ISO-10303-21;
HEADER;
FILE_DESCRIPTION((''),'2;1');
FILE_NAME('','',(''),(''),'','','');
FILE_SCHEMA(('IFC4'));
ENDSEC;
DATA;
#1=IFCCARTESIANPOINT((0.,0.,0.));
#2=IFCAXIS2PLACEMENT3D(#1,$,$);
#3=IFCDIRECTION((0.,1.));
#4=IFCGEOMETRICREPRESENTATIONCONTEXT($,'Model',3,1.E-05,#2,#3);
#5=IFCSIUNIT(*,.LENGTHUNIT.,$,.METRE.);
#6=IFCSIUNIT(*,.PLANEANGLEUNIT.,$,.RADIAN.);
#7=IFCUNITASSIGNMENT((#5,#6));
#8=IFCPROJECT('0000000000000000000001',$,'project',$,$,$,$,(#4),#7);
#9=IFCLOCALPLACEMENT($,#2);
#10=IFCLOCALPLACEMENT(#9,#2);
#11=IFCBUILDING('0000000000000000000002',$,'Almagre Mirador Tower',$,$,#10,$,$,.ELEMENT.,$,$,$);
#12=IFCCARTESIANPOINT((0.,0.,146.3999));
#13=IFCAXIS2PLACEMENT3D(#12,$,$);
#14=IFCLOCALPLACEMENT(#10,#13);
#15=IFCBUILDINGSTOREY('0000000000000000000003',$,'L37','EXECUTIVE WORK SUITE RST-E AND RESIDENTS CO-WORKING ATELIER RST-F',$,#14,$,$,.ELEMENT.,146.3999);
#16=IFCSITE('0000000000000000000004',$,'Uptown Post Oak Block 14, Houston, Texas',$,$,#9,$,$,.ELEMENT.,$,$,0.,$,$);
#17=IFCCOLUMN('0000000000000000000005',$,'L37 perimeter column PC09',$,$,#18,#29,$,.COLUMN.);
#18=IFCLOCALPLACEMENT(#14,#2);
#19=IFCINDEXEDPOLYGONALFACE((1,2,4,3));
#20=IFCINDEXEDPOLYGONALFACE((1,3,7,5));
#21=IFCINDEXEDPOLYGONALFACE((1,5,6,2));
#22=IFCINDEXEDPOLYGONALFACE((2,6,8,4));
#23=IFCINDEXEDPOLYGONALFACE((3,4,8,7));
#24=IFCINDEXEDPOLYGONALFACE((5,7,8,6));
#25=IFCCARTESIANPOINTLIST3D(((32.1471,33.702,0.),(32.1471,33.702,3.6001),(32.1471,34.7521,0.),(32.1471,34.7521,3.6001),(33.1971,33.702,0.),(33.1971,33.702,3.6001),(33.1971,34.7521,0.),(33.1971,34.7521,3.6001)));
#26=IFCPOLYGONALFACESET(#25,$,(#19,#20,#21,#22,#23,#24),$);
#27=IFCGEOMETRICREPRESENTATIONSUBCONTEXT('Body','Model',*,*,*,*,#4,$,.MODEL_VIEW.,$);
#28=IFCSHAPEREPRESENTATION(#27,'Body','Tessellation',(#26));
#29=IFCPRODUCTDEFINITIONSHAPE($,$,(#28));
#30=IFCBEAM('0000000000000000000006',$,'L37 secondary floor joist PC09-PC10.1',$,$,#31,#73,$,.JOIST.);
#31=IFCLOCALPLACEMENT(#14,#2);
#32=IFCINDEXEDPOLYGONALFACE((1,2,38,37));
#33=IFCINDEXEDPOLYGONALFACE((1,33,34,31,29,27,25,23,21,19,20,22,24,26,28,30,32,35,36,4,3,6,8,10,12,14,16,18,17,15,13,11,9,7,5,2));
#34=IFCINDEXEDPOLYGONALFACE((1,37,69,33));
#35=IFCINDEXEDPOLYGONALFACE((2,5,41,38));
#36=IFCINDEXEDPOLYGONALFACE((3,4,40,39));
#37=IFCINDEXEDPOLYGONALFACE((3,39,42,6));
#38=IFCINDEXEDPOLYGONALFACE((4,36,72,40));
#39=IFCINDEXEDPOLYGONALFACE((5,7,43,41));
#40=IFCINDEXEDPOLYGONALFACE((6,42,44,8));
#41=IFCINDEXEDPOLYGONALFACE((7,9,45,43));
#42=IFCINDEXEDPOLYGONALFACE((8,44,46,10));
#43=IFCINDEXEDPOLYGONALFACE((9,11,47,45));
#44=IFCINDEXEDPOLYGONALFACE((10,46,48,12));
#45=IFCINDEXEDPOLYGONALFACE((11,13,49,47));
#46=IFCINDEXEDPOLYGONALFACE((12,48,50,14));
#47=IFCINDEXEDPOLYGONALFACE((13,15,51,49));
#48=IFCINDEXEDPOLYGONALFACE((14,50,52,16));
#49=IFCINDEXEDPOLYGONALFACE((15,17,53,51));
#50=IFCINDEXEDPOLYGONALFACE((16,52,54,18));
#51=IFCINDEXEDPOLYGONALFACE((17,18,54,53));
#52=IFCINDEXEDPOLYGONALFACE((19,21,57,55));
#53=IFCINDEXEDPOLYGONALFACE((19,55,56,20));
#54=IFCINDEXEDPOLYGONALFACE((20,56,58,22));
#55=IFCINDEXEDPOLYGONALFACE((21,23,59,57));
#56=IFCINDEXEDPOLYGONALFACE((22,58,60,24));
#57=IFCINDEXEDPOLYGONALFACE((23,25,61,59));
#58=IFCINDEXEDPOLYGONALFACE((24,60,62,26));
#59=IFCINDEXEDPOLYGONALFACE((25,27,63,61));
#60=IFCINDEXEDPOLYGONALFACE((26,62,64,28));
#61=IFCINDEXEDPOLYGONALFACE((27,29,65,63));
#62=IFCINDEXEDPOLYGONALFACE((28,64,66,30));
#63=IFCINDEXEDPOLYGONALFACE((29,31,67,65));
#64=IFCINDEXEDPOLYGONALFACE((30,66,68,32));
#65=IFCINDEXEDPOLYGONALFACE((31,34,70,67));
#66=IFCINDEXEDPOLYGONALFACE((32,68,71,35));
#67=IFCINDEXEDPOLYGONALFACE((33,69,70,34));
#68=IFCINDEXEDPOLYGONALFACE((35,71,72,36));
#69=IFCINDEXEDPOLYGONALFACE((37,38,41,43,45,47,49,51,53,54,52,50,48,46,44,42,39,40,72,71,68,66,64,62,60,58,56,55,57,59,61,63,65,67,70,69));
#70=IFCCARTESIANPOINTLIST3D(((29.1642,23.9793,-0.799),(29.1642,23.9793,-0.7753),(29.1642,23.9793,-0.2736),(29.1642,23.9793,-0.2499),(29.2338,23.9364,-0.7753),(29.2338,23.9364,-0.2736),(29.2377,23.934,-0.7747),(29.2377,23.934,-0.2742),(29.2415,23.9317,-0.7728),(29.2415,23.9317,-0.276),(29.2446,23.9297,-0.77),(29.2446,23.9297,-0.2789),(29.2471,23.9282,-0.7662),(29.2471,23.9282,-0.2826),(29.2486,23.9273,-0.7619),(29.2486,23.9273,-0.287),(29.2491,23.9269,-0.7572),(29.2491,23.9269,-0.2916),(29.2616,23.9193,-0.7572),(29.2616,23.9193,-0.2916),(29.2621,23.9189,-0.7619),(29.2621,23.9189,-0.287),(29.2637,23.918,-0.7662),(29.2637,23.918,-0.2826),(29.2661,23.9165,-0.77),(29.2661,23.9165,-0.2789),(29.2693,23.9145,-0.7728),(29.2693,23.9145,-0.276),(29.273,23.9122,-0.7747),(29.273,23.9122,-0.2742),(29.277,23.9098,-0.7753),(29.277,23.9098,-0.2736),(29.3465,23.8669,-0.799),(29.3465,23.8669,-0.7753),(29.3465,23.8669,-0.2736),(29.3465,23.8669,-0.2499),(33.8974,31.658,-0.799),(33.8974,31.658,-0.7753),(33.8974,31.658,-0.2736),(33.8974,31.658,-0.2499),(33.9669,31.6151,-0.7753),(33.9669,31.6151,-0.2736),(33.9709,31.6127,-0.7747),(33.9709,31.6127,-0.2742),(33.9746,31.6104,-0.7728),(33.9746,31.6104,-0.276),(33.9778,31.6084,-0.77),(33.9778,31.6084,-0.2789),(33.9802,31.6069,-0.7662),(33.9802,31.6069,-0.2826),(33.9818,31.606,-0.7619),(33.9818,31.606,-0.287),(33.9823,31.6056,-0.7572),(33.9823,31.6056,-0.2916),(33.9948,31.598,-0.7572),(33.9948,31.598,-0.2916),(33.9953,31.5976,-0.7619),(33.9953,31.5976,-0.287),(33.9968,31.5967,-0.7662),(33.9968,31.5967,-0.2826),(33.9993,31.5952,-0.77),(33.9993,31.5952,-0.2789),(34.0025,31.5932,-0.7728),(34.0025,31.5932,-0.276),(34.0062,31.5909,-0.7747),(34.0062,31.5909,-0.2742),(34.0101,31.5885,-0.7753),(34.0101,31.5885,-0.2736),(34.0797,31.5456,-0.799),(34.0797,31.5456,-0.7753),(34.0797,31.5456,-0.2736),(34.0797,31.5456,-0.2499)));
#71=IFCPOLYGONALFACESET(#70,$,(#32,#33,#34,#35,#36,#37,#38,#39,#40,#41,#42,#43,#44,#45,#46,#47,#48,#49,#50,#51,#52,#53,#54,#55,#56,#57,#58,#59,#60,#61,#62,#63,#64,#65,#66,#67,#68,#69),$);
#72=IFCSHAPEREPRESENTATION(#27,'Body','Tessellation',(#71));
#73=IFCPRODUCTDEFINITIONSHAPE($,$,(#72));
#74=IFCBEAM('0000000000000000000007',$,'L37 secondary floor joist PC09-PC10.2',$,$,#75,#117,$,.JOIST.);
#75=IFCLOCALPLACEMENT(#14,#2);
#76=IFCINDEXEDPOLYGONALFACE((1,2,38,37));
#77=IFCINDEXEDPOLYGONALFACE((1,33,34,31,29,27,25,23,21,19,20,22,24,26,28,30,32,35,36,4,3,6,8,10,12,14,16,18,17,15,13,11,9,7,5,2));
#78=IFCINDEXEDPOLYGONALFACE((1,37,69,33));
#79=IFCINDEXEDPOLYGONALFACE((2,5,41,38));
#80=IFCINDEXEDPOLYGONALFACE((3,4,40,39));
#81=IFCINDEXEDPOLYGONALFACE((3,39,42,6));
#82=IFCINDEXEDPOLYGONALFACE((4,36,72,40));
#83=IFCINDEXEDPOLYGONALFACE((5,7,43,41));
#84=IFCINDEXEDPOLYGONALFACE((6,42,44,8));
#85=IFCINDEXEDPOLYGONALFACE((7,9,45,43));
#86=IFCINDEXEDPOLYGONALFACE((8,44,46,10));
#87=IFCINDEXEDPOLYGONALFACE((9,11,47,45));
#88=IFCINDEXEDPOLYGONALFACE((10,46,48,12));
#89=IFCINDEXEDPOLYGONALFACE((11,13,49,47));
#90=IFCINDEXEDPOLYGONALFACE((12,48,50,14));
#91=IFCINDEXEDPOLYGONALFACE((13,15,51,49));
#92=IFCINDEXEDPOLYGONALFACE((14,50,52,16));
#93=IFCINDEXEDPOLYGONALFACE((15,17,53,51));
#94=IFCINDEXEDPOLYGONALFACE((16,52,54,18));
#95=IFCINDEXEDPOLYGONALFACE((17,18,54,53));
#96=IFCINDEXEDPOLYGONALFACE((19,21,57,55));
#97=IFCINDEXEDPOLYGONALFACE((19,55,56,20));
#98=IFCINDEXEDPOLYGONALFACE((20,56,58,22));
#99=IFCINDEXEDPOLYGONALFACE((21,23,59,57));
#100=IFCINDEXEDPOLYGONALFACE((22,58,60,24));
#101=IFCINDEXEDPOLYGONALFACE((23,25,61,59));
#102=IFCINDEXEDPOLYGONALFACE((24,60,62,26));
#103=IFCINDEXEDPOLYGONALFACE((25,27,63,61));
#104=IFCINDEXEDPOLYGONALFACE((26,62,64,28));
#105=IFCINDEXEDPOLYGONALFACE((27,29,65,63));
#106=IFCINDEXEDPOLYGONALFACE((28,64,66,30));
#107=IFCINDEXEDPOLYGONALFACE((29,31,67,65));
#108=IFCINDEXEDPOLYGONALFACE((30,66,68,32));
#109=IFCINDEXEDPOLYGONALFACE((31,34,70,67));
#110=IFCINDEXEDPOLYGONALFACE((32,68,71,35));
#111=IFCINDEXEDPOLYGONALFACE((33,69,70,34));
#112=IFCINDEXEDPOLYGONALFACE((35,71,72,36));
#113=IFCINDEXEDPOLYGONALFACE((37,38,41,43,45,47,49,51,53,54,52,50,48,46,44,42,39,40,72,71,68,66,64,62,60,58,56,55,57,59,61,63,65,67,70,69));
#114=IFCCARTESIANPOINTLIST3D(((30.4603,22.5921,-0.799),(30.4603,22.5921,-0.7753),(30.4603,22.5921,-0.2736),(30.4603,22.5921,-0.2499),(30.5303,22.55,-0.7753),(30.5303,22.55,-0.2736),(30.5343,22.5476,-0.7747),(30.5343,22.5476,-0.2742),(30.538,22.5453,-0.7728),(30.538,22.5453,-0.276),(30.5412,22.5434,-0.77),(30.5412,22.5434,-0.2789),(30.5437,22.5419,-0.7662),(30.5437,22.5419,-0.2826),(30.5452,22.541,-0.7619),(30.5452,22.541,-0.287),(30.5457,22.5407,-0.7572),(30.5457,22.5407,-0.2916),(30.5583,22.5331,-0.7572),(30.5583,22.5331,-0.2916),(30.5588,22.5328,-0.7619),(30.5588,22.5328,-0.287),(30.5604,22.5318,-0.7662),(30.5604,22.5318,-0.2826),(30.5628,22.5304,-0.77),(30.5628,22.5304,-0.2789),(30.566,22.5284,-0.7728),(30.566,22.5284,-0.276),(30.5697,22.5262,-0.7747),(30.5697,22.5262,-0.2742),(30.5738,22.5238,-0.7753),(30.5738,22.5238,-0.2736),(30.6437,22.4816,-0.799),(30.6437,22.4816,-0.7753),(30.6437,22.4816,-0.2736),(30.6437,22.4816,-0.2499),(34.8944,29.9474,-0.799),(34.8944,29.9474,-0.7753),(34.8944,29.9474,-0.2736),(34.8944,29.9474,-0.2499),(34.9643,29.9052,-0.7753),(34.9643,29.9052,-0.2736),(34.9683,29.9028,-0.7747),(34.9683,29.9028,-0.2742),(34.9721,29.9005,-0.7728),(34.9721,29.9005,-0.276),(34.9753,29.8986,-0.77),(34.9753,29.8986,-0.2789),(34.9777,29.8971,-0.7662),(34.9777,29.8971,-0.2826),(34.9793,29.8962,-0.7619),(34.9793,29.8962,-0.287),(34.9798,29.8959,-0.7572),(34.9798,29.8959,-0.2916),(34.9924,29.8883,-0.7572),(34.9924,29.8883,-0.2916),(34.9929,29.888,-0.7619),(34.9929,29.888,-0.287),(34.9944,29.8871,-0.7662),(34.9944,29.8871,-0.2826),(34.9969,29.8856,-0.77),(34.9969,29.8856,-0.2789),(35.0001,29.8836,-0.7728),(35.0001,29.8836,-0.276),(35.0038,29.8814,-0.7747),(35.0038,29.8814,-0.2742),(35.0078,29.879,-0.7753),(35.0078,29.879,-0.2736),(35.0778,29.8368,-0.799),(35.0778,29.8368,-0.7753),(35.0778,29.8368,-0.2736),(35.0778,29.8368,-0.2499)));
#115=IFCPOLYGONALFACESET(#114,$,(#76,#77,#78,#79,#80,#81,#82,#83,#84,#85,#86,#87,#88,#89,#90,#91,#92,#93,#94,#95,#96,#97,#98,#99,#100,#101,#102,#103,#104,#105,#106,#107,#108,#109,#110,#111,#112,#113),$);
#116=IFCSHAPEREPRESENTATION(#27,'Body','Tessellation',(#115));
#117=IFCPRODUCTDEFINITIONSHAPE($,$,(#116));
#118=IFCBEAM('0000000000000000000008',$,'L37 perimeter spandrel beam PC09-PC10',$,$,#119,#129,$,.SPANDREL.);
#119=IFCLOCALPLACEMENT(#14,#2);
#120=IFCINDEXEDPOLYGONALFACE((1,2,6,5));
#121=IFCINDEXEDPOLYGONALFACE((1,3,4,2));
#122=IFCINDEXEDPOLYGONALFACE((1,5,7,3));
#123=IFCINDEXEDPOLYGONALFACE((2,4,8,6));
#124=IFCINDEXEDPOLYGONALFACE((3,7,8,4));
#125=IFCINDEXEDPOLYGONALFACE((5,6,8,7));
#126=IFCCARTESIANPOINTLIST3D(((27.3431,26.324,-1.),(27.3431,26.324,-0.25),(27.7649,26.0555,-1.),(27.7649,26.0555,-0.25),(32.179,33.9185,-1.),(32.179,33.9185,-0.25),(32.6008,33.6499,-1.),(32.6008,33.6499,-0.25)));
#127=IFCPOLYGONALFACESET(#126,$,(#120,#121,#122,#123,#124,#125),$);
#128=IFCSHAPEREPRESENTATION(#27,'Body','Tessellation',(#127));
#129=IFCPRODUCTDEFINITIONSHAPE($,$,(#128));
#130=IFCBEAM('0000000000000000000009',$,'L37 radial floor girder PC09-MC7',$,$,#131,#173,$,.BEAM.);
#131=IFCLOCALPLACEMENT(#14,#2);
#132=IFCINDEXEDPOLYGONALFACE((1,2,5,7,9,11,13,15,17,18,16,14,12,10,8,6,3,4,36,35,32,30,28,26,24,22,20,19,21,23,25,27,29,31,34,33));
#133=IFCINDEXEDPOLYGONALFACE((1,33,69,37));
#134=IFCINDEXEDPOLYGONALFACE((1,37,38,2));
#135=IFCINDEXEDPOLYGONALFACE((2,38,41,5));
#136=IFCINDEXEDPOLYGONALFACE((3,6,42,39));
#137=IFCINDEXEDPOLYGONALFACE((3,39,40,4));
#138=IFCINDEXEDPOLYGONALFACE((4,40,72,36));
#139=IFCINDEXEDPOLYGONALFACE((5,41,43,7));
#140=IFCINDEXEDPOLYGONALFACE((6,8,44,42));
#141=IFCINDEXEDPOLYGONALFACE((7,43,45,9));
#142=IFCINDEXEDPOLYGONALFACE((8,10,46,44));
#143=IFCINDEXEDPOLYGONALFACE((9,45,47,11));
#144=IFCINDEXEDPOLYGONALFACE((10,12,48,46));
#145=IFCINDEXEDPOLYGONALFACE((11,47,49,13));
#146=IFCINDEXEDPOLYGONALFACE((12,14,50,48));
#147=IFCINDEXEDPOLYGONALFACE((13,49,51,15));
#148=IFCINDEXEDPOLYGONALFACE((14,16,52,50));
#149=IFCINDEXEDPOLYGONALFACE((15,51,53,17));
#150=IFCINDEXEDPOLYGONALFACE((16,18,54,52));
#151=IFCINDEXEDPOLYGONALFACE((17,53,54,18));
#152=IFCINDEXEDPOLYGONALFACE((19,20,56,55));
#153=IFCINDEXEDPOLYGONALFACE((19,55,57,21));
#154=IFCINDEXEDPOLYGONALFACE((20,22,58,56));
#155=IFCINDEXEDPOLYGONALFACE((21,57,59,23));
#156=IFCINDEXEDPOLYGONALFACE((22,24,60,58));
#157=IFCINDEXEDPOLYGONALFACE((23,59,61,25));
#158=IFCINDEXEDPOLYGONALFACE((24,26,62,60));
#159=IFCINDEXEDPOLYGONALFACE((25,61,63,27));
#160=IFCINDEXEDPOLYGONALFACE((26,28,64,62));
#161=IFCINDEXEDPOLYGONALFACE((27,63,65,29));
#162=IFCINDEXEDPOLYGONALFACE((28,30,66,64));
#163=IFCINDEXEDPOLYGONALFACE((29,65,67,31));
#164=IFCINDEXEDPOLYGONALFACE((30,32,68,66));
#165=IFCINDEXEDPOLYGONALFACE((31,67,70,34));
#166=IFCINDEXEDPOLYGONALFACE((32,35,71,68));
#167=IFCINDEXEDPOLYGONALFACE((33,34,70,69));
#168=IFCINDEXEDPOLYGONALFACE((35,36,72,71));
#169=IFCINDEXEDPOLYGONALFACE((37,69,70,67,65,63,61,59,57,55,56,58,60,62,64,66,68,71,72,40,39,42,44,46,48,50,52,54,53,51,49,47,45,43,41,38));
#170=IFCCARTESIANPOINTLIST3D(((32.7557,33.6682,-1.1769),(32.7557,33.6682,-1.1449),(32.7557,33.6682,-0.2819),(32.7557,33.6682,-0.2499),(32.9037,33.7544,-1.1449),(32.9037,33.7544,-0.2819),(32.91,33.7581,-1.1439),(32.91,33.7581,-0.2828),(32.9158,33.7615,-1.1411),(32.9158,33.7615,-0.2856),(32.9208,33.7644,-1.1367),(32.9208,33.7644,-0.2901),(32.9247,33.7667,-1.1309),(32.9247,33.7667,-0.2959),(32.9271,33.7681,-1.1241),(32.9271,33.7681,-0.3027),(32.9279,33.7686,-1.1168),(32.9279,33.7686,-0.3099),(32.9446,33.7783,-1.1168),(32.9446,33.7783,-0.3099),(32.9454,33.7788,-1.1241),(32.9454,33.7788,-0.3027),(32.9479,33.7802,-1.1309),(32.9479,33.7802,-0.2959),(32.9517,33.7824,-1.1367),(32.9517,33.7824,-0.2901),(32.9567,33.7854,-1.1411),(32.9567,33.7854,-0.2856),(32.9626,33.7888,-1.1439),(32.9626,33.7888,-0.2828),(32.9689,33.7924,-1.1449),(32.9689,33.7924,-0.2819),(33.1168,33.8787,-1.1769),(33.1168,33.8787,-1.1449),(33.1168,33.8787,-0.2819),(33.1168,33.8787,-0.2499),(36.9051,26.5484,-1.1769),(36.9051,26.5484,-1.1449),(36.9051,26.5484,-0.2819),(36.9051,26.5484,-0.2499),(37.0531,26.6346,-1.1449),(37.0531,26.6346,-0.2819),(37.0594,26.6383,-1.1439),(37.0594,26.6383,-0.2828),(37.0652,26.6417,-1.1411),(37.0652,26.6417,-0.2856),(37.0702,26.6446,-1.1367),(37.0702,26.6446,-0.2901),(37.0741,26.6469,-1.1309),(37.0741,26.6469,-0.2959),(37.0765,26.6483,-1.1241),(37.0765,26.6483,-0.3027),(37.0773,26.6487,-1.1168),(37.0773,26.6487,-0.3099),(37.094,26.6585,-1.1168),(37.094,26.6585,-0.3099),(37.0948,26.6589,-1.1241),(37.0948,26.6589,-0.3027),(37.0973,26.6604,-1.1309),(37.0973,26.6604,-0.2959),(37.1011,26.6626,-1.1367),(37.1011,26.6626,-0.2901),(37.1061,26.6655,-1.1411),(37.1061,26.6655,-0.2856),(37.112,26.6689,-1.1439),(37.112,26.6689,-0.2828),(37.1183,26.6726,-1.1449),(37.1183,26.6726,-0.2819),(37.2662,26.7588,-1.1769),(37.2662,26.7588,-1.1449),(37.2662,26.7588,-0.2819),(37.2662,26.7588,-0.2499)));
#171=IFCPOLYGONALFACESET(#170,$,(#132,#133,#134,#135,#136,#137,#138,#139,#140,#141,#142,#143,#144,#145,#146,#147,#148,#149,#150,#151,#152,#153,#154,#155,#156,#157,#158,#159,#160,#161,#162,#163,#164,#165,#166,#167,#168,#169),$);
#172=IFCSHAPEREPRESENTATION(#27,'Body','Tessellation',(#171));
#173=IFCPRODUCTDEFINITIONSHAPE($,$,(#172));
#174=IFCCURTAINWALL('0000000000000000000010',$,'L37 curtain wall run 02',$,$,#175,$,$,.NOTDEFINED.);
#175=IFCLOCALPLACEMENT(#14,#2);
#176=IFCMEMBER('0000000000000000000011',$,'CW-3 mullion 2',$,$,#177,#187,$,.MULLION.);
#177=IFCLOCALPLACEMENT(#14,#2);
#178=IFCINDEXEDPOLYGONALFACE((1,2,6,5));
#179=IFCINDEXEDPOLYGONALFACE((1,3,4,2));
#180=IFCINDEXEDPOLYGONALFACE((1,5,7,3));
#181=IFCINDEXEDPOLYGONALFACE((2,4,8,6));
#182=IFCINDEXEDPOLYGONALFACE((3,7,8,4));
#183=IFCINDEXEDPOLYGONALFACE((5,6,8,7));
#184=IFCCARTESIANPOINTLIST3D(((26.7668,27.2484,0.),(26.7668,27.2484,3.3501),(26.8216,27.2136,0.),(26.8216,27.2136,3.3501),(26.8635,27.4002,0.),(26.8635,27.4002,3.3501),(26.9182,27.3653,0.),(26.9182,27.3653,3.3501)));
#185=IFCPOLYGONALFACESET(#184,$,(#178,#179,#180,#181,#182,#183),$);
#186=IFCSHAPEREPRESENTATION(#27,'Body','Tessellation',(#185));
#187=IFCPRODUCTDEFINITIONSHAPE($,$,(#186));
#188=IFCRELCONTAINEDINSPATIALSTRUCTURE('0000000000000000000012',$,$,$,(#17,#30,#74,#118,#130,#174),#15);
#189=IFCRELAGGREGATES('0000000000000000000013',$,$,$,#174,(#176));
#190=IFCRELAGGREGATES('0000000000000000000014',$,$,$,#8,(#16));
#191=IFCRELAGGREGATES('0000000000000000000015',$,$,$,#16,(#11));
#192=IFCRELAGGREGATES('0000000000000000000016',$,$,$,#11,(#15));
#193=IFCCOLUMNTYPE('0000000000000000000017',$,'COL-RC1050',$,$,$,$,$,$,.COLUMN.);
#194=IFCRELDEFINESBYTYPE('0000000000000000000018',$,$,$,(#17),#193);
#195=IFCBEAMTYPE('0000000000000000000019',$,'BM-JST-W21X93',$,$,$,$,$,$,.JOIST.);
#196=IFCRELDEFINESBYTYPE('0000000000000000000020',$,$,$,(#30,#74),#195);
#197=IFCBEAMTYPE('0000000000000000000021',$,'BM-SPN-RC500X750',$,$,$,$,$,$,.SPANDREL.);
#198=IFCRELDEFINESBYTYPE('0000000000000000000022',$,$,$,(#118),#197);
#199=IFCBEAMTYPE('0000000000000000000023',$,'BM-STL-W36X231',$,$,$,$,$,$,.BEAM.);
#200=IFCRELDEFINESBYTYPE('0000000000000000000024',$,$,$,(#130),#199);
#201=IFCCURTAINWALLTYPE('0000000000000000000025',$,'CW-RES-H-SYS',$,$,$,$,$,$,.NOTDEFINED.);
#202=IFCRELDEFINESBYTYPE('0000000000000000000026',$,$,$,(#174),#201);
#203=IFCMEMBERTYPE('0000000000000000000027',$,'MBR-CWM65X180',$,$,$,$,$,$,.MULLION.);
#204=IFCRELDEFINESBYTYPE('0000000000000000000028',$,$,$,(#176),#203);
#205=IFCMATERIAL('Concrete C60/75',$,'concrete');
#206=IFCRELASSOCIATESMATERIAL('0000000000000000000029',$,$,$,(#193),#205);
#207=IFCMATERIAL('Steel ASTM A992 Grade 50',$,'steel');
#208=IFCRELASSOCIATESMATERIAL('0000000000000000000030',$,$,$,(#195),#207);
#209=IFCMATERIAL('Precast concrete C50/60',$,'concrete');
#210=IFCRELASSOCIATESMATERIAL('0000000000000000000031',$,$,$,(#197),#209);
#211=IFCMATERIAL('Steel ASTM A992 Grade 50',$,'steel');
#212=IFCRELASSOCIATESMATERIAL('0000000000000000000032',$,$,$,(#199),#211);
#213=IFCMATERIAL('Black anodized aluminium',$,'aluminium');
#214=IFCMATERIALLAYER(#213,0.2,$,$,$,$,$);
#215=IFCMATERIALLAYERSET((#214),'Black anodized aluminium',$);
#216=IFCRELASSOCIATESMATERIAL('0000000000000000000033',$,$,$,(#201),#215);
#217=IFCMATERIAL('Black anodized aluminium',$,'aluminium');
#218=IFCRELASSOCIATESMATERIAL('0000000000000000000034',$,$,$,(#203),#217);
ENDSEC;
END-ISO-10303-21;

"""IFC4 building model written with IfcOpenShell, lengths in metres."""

from ifc_helpers import new_model, si_unit, direction, frame, origin, origin_2d, place, context, subcontext, project, spatial, rectangle, i_section, extrude, material, layer, layer_set, material_profile, profile_set, type_object, element, aggregate, save


model = new_model("IFC4")

# Units and contexts
model_context = context("Model", 3, precision=1e-05, world=origin(), true_north=direction((0.0, 1.0)))
body_context = subcontext(model_context, "Body", "Model", "MODEL_VIEW")
ifc_project = project(units=[si_unit("LENGTHUNIT", "METRE"), si_unit("PLANEANGLEUNIT", "RADIAN")], contexts=[model_context])

# Site, building, storey
site_placement = place(None, origin())
site = spatial("IfcSite", under=ifc_project, at=site_placement, Name="Uptown Post Oak Block 14, Houston, Texas", CompositionType="ELEMENT", RefElevation=0.0)
building_placement = place(site_placement, origin())
building = spatial("IfcBuilding", under=site, at=building_placement, Name="Almagre Mirador Tower", CompositionType="ELEMENT")
storey_placement = place(building_placement, frame((0.0, 0.0, 146.3999)))
storey = spatial("IfcBuildingStorey", under=building, at=storey_placement, Name="L37", Description="EXECUTIVE WORK SUITE RST-E AND RESIDENTS CO-WORKING ATELIER RST-F", CompositionType="ELEMENT", Elevation=146.3999)

# Column
ifc_material_1 = material(Name="Concrete C60/75", Category="concrete")
ifc_material_profile_1 = material_profile(ifc_material_1, rectangle(XDim=1.05, YDim=1.05, at=origin_2d()), Name="RC1050X1050")
ifc_profile_set_1 = profile_set([ifc_material_profile_1], Name="Concrete C60/75")
column_type = type_object("IfcColumnType", Name="COL-RC1050", PredefinedType="COLUMN", material=ifc_profile_set_1)
column_placement = place(storey_placement, frame((32.6721, 34.2271, 0.0), z_axis=(0.0, 0.0, 1.0), x_axis=(1.0, 0.0, 0.0)))
element("IfcColumn", 1, at=column_placement, inside=storey, type_object=column_type, Name="L37 perimeter column PC09", PredefinedType="COLUMN", context=body_context, shape_type="SweptSolid", body=[
    extrude(rectangle(XDim=1.05, YDim=1.05, at=origin_2d()), origin(), (0.0, 0.0, 1.0), 3.6001),
])

# Beams
ifc_material_2 = material(Name="Steel ASTM A992 Grade 50", Category="steel")
ifc_material_profile_2 = material_profile(ifc_material_2, i_section(OverallWidth=0.2141, OverallDepth=0.5491, WebThickness=0.0146, FlangeThickness=0.0237, FilletRadius=0.0181, at=origin_2d()), Name="W21X93")
ifc_profile_set_2 = profile_set([ifc_material_profile_2], Name="Steel ASTM A992 Grade 50")
beam_type_1 = type_object("IfcBeamType", Name="BM-JST-W21X93", PredefinedType="JOIST", material=ifc_profile_set_2)
beam_1_placement = place(storey_placement, frame((33.9885, 31.6018, -0.5244), z_axis=(-0.524724, -0.851272, 0.0), x_axis=(0.851272, -0.524724, 0.0)))
element("IfcBeam", 2, at=beam_1_placement, inside=storey, type_object=beam_type_1, Name="L37 secondary floor joist PC09-PC10.1", PredefinedType="JOIST", context=body_context, shape_type="SweptSolid", body=[
    extrude(i_section(OverallWidth=0.2141, OverallDepth=0.5491, WebThickness=0.0146, FlangeThickness=0.0237, FilletRadius=0.0181, at=origin_2d()), origin(), (0.0, 0.0, 1.0), 9.0203),
])
beam_2_placement = place(storey_placement, frame((34.9861, 29.8921, -0.5244), z_axis=(-0.516288, -0.856415, 0.0), x_axis=(0.856415, -0.516288, 0.0)))
element("IfcBeam", 3, at=beam_2_placement, inside=storey, type_object=beam_type_1, Name="L37 secondary floor joist PC09-PC10.2", PredefinedType="JOIST", context=body_context, shape_type="SweptSolid", body=[
    extrude(i_section(OverallWidth=0.2141, OverallDepth=0.5491, WebThickness=0.0146, FlangeThickness=0.0237, FilletRadius=0.0181, at=origin_2d()), origin(), (0.0, 0.0, 1.0), 8.5884),
])
ifc_material_3 = material(Name="Precast concrete C50/60", Category="concrete")
ifc_material_profile_3 = material_profile(ifc_material_3, rectangle(XDim=0.5, YDim=0.75, at=origin_2d()), Name="RC500X750")
ifc_profile_set_3 = profile_set([ifc_material_profile_3], Name="Precast concrete C50/60")
beam_type_2 = type_object("IfcBeamType", Name="BM-SPN-RC500X750", PredefinedType="SPANDREL", material=ifc_profile_set_3)
beam_3_placement = place(storey_placement, frame((32.3899, 33.7842, -0.625), z_axis=(-0.537119, -0.843506, 0.0), x_axis=(0.843506, -0.537119, 0.0)))
element("IfcBeam", 4, at=beam_3_placement, inside=storey, type_object=beam_type_2, Name="L37 perimeter spandrel beam PC09-PC10", PredefinedType="SPANDREL", context=body_context, shape_type="SweptSolid", body=[
    extrude(rectangle(XDim=0.5, YDim=0.75, at=origin_2d()), origin(), (0.0, 0.0, 1.0), 9.0034),
])
ifc_material_4 = material(Name="Steel ASTM A992 Grade 50", Category="steel")
ifc_material_profile_4 = material_profile(ifc_material_4, i_section(OverallWidth=0.418, OverallDepth=0.927, WebThickness=0.0193, FlangeThickness=0.032, FilletRadius=0.0281, at=origin_2d()), Name="W36X231")
ifc_profile_set_4 = profile_set([ifc_material_profile_4], Name="Steel ASTM A992 Grade 50")
beam_type_3 = type_object("IfcBeamType", Name="BM-STL-W36X231", PredefinedType="BEAM", material=ifc_profile_set_4)
beam_4_placement = place(storey_placement, frame((32.9363, 33.7734, -0.7134), z_axis=(0.503523, -0.863982, 0.0), x_axis=(0.863982, 0.503523, 0.0)))
element("IfcBeam", 5, at=beam_4_placement, inside=storey, type_object=beam_type_3, Name="L37 radial floor girder PC09-MC7", PredefinedType="BEAM", context=body_context, shape_type="SweptSolid", body=[
    extrude(i_section(OverallWidth=0.418, OverallDepth=0.927, WebThickness=0.0193, FlangeThickness=0.032, FilletRadius=0.0281, at=origin_2d()), origin(), (0.0, 0.0, 1.0), 8.2407),
])

# Curtain wall, member
ifc_material_5 = material(Name="Black anodized aluminium", Category="aluminium")
ifc_layer_1 = layer(ifc_material_5, 0.2)
ifc_layer_set_1 = layer_set([ifc_layer_1], Name="Black anodized aluminium")
curtain_wall_type = type_object("IfcCurtainWallType", Name="CW-RES-H-SYS", PredefinedType="NOTDEFINED", material=ifc_layer_set_1)
curtain_wall_placement = place(storey_placement, origin())
curtain_wall = element("IfcCurtainWall", 6, at=curtain_wall_placement, inside=storey, type_object=curtain_wall_type, Name="L37 curtain wall run 02", PredefinedType="NOTDEFINED")
ifc_material_6 = material(Name="Black anodized aluminium", Category="aluminium")
ifc_material_profile_5 = material_profile(ifc_material_6, rectangle(XDim=0.0649, YDim=0.1799, at=origin_2d()), Name="CWM65X180")
ifc_profile_set_5 = profile_set([ifc_material_profile_5], Name="Black anodized aluminium")
member_type_1 = type_object("IfcMemberType", Name="MBR-CWM65X180", PredefinedType="MULLION", material=ifc_profile_set_5)
member_1_placement = place(storey_placement, frame((26.8425, 27.3069, 0.0), z_axis=(0.0, 0.0, 1.0), x_axis=(-0.843518, 0.537102, 0.0)))
member_1 = element("IfcMember", 7, at=member_1_placement, type_object=member_type_1, Name="CW-3 mullion 2", PredefinedType="MULLION", context=body_context, shape_type="SweptSolid", body=[
    extrude(rectangle(XDim=0.0649, YDim=0.1799, at=origin_2d()), origin(), (0.0, 0.0, 1.0), 3.3501),
])
aggregate(curtain_wall, [member_1])

save(model, "model.ifc")
